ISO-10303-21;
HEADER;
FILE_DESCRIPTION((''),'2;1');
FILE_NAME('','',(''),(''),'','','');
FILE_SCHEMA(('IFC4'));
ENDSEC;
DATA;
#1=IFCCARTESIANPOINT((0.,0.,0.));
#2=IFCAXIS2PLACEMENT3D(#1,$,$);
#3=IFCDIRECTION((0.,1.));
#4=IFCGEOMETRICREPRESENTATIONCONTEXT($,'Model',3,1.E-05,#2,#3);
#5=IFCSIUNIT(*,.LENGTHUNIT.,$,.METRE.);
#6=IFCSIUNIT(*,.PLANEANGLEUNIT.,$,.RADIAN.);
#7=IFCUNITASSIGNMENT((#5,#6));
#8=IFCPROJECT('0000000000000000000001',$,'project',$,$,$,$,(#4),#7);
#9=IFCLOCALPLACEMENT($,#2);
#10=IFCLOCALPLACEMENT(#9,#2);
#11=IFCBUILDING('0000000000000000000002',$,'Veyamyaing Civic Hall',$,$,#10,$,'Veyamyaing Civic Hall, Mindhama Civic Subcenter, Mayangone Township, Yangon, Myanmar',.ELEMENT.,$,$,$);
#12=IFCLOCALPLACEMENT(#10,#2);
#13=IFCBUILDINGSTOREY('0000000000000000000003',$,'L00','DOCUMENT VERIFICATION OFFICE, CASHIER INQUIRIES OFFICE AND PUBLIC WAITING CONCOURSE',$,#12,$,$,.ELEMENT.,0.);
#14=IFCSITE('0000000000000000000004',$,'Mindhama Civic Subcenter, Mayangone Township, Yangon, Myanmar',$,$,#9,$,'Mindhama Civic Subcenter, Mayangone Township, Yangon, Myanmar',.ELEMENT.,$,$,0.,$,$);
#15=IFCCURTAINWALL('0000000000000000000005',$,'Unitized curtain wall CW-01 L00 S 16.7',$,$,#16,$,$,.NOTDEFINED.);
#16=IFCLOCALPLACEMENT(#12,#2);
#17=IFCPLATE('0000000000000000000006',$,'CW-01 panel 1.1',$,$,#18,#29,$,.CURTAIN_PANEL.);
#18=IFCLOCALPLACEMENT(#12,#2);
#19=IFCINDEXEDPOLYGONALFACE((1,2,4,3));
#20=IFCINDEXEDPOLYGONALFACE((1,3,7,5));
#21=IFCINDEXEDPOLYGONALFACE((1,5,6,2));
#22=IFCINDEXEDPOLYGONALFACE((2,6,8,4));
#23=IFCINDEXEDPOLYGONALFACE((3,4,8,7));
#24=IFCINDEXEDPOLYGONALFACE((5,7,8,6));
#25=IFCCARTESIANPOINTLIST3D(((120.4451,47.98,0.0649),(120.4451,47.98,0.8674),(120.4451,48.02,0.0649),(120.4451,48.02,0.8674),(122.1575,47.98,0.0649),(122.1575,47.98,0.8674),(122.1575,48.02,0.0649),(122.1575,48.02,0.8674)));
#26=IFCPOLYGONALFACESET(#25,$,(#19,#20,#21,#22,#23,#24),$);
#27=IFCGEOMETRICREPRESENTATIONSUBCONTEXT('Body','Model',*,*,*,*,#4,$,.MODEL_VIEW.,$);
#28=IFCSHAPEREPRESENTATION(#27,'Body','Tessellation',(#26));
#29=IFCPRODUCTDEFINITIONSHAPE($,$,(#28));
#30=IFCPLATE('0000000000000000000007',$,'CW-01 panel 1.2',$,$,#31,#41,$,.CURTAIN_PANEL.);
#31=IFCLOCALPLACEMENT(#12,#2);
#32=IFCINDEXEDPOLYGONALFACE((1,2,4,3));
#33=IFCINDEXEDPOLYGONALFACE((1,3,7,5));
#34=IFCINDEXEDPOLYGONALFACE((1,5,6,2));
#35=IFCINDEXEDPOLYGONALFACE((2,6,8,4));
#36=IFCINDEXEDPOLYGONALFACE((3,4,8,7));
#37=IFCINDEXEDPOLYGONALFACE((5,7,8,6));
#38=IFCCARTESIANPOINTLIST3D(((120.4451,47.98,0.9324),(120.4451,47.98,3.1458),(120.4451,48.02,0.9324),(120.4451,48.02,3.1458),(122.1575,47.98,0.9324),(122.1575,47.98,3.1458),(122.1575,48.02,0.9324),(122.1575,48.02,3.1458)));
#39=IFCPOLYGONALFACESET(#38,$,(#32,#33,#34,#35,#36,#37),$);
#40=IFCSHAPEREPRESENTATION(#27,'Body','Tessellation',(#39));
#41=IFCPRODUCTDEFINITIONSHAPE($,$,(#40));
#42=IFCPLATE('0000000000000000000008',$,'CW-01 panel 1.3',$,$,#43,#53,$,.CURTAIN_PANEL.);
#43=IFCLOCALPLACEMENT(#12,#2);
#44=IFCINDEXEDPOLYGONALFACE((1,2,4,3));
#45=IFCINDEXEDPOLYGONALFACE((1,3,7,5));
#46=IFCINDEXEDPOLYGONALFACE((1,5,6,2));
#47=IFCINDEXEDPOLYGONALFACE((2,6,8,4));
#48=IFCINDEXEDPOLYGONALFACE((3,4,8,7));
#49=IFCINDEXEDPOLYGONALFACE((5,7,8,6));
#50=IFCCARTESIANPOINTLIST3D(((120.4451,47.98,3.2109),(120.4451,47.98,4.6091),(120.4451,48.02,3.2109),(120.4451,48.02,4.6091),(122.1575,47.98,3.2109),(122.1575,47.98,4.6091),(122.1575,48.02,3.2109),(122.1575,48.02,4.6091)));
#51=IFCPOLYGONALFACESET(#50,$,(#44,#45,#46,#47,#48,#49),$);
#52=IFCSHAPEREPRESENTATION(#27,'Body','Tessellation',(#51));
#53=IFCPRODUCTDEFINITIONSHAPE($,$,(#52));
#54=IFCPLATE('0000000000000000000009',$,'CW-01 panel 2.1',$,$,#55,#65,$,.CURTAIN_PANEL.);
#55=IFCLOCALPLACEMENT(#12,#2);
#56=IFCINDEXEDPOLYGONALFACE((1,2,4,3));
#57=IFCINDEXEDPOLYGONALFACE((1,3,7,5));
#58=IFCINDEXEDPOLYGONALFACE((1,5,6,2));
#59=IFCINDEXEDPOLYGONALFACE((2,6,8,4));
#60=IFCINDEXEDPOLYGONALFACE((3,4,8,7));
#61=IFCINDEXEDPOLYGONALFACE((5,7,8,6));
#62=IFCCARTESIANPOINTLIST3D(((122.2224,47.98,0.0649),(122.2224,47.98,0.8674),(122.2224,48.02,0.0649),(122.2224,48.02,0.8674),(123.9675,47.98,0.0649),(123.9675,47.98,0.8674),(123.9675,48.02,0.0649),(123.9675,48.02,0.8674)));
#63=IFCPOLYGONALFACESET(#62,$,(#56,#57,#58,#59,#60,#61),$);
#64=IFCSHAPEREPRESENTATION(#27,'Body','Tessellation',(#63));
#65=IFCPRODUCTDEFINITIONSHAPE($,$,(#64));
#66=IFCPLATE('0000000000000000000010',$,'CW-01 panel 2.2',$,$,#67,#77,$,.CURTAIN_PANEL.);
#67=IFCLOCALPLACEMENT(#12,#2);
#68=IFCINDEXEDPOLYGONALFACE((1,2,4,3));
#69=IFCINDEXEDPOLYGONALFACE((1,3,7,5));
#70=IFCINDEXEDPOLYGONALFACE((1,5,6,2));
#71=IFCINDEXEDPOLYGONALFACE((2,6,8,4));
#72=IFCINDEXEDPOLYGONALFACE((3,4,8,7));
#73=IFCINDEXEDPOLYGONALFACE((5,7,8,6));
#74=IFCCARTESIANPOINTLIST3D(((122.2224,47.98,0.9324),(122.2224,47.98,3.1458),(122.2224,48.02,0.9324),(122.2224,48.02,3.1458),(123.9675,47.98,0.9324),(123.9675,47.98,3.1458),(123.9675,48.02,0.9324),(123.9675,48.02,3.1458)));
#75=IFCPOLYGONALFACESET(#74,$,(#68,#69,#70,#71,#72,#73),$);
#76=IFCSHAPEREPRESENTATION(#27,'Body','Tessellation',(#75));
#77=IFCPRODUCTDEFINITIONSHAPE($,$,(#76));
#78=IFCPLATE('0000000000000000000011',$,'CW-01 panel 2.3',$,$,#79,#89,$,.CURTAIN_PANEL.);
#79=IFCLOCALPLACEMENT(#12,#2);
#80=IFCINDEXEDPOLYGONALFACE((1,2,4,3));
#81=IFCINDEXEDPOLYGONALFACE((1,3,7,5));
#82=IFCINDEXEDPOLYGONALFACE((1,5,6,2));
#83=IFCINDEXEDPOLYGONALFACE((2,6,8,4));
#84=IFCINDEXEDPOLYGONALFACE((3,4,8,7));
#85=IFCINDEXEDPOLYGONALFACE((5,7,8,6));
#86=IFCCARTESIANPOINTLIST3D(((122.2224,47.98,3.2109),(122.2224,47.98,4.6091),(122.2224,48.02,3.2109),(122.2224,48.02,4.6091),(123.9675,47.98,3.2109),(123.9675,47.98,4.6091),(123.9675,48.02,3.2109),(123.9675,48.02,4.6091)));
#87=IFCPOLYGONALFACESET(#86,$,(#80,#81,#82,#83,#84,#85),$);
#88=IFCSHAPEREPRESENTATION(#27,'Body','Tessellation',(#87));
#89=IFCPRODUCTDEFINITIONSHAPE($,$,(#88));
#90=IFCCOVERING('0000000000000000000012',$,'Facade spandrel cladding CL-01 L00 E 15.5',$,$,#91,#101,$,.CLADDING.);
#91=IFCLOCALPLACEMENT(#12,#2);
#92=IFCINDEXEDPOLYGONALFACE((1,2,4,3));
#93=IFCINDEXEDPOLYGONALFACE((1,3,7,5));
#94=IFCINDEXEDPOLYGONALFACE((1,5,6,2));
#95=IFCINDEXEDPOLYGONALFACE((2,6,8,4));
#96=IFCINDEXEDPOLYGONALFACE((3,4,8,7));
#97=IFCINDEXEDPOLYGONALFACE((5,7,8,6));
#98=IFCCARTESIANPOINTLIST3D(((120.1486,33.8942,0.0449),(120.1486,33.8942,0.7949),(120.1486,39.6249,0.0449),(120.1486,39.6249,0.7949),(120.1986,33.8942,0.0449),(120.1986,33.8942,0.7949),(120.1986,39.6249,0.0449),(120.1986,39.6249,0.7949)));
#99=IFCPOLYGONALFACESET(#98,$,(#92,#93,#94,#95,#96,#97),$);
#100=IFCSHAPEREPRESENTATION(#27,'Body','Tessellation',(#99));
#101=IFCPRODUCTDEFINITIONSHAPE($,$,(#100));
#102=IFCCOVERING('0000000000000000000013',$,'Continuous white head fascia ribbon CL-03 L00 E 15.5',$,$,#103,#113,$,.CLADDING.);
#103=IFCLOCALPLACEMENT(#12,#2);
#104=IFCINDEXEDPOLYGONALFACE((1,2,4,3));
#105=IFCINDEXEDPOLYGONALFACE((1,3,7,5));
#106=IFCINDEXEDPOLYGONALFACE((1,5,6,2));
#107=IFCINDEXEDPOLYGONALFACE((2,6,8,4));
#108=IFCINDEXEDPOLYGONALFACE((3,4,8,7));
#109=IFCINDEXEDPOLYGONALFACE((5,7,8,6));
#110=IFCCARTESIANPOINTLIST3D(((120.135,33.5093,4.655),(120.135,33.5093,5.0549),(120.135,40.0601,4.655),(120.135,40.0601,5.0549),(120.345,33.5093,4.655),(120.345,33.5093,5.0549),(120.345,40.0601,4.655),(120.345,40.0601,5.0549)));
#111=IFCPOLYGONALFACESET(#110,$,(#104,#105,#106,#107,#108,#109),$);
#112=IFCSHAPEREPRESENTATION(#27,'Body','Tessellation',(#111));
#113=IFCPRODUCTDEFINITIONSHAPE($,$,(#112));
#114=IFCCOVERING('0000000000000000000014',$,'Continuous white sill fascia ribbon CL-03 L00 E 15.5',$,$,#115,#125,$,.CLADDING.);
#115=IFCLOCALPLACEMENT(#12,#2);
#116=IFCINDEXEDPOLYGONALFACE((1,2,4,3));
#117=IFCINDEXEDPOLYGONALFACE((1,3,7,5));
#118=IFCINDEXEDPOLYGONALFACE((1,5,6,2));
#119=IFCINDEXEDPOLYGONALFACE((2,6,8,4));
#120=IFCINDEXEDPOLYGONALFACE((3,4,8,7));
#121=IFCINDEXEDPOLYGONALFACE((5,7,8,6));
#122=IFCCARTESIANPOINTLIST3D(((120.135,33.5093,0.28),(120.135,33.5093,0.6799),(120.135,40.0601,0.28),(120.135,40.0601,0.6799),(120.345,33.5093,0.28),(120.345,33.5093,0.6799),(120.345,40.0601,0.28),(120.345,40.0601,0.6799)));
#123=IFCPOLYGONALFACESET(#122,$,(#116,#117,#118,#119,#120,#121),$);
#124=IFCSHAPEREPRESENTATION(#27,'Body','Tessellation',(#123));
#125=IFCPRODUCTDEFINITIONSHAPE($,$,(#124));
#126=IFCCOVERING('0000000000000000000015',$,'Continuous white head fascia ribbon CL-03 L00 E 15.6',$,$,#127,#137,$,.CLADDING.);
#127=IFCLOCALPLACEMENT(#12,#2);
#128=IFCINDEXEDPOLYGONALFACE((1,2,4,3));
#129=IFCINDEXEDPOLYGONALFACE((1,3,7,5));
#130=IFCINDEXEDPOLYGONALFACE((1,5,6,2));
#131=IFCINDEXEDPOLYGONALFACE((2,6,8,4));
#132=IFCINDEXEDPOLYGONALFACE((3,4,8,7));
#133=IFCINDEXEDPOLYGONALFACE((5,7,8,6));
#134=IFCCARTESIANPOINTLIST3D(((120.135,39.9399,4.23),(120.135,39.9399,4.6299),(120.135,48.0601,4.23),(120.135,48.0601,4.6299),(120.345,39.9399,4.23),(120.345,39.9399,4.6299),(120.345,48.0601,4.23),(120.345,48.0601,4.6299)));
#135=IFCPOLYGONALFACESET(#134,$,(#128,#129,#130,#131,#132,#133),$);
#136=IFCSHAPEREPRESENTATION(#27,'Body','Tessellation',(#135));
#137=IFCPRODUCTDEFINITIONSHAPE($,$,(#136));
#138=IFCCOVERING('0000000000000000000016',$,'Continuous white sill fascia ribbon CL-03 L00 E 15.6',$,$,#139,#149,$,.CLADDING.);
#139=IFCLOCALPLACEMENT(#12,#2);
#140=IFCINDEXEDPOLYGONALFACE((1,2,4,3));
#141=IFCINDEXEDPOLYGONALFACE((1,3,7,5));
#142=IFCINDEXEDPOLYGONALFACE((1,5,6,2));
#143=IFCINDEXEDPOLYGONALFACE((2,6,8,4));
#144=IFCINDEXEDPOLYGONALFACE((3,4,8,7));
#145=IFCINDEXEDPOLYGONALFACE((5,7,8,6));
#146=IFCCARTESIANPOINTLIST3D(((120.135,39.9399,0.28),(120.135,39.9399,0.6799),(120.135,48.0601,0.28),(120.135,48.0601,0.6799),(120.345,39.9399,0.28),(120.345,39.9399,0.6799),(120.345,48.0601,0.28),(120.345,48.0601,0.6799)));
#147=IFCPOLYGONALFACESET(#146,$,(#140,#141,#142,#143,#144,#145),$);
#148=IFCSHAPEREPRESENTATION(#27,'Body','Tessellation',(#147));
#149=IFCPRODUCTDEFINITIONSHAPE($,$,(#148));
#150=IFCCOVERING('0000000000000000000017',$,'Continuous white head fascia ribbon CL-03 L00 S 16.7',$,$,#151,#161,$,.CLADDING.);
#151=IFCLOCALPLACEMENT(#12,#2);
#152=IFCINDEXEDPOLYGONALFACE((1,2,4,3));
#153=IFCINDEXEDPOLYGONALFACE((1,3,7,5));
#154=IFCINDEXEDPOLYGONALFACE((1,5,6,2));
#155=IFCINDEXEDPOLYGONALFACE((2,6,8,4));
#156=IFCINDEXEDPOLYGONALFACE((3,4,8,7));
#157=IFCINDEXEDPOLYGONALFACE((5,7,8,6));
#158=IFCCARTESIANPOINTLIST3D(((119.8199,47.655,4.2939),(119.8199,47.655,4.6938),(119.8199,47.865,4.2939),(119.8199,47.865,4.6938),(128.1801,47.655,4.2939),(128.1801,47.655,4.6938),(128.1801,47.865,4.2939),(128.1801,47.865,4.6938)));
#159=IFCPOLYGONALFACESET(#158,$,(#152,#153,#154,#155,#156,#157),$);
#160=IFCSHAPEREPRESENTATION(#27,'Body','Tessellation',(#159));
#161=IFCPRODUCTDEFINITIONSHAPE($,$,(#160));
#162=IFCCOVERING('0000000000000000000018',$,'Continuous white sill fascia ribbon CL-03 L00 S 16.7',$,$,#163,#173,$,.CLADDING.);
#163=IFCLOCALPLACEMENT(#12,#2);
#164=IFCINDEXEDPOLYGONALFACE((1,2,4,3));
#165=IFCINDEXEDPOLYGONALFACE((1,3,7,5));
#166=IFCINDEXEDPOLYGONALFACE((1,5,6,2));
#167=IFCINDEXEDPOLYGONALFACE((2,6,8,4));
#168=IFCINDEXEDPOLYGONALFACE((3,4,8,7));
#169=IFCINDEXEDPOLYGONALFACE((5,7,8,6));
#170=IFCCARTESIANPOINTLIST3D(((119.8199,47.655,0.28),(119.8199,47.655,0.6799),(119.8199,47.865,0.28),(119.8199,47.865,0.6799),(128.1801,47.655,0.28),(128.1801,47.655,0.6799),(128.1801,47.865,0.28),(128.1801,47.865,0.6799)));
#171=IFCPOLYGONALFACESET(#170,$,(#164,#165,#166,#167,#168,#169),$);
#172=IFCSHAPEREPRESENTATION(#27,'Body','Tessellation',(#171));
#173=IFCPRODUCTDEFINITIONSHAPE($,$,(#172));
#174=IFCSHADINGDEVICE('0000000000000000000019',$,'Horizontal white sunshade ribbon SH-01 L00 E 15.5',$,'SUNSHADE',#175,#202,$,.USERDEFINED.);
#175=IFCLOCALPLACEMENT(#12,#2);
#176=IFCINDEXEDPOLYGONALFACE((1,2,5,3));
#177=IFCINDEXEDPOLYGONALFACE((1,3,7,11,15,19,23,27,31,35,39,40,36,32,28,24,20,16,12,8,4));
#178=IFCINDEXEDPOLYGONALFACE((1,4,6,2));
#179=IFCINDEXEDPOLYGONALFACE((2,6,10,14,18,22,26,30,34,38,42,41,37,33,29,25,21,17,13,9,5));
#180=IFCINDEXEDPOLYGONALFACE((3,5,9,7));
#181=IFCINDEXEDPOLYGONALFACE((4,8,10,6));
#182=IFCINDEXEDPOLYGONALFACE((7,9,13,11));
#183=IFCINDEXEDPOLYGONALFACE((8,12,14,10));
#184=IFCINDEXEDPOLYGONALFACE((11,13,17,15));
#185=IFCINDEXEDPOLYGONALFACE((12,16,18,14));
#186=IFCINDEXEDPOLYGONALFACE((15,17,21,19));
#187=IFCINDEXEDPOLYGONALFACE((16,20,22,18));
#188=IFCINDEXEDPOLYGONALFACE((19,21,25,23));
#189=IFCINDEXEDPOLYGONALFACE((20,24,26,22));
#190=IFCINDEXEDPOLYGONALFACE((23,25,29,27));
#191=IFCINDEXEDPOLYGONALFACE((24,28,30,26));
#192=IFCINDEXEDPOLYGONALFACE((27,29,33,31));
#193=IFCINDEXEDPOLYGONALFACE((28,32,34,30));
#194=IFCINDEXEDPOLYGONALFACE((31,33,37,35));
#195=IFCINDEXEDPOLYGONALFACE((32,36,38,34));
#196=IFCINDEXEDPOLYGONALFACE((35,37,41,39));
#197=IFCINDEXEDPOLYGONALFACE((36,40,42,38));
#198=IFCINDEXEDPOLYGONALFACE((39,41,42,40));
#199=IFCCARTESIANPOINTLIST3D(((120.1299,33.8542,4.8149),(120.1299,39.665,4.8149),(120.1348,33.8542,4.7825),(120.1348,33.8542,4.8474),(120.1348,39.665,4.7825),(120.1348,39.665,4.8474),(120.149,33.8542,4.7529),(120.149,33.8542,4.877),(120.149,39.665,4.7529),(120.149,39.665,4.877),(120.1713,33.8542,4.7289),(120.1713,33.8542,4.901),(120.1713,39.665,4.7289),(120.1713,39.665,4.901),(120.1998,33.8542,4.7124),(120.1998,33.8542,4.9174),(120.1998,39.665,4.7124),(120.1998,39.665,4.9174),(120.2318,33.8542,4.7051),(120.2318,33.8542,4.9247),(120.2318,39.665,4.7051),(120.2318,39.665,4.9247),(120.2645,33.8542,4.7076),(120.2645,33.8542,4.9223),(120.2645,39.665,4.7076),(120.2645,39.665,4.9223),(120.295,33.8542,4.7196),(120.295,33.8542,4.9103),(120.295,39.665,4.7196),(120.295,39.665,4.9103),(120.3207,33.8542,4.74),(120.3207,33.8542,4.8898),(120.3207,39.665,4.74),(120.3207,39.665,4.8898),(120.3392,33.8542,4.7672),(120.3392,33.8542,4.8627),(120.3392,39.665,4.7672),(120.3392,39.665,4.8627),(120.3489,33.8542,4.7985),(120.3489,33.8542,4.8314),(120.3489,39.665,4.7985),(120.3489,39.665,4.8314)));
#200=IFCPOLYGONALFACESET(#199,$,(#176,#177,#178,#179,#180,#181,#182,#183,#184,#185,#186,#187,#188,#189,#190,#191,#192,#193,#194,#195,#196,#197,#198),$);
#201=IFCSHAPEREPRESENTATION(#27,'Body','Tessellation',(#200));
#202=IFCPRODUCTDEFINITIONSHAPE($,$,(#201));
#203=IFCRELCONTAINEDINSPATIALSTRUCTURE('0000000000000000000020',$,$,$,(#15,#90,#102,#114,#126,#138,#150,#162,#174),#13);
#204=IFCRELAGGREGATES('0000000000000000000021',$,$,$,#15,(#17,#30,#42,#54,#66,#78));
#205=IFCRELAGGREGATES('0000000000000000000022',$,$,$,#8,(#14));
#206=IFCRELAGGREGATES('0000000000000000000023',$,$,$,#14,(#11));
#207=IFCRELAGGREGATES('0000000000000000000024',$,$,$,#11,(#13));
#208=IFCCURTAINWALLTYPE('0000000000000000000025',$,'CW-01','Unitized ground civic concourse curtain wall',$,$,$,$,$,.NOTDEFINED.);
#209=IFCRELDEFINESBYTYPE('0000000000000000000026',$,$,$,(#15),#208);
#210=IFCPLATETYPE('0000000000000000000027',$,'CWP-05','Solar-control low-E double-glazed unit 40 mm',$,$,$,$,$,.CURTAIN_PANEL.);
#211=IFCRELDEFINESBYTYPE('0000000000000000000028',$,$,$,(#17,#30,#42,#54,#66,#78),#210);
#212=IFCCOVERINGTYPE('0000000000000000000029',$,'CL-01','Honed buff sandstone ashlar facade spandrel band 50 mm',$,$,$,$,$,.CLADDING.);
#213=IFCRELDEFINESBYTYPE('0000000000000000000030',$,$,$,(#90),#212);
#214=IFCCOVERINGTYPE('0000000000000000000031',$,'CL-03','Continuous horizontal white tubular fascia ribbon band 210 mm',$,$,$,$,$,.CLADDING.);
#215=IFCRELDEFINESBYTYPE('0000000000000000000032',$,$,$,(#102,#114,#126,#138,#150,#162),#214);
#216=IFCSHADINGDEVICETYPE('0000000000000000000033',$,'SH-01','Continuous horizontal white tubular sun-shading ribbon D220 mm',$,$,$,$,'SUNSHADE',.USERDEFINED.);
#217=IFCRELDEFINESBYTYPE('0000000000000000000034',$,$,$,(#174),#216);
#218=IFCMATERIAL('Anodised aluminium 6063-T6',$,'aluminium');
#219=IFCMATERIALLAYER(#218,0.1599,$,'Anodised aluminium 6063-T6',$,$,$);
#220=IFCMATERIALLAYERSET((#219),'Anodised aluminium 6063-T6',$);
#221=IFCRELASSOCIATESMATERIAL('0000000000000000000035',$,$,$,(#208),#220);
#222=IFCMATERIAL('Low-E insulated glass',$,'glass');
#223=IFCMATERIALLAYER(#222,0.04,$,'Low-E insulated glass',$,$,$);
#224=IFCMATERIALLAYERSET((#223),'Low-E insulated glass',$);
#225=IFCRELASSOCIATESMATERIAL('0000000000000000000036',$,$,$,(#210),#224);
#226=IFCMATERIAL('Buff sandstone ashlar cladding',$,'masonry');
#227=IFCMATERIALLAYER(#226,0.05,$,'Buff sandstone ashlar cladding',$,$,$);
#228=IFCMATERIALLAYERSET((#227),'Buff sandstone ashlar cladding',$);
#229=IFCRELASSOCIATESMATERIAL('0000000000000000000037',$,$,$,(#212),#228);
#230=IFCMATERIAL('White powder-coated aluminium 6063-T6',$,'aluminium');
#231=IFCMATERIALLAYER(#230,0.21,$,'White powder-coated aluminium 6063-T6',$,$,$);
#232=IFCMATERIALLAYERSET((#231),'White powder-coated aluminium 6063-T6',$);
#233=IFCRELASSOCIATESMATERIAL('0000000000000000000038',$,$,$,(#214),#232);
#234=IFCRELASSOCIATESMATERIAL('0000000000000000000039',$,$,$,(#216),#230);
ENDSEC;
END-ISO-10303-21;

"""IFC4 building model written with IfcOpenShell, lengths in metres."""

from ifc_helpers import new_model, si_unit, direction, frame, origin, origin_2d, place, context, subcontext, project, spatial, rectangle, circle, extrude, material, layer, layer_set, material_profile, profile_set, type_object, element, aggregate, save


model = new_model("IFC4")

# Units and contexts
model_context = context("Model", 3, precision=1e-05, world=origin(), true_north=direction((0.0, 1.0)))
body_context = subcontext(model_context, "Body", "Model", "MODEL_VIEW")
ifc_project = project(units=[si_unit("LENGTHUNIT", "METRE"), si_unit("PLANEANGLEUNIT", "RADIAN")], contexts=[model_context])

# Site, building, storey
site_placement = place(None, origin())
site = spatial("IfcSite", under=ifc_project, at=site_placement, Name="Mindhama Civic Subcenter, Mayangone Township, Yangon, Myanmar", LongName="Mindhama Civic Subcenter, Mayangone Township, Yangon, Myanmar", CompositionType="ELEMENT", RefElevation=0.0)
building_placement = place(site_placement, origin())
building = spatial("IfcBuilding", under=site, at=building_placement, Name="Veyamyaing Civic Hall", LongName="Veyamyaing Civic Hall, Mindhama Civic Subcenter, Mayangone Township, Yangon, Myanmar", CompositionType="ELEMENT")
storey_placement = place(building_placement, origin())
storey = spatial("IfcBuildingStorey", under=building, at=storey_placement, Name="L00", Description="DOCUMENT VERIFICATION OFFICE, CASHIER INQUIRIES OFFICE AND PUBLIC WAITING CONCOURSE", CompositionType="ELEMENT", Elevation=0.0)

# Curtain wall, plates
ifc_material_1 = material(Name="Anodised aluminium 6063-T6", Category="aluminium")
ifc_layer_1 = layer(ifc_material_1, 0.1599, Name="Anodised aluminium 6063-T6")
ifc_layer_set_1 = layer_set([ifc_layer_1], Name="Anodised aluminium 6063-T6")
curtain_wall_type = type_object("IfcCurtainWallType", Name="CW-01", Description="Unitized ground civic concourse curtain wall", PredefinedType="NOTDEFINED", material=ifc_layer_set_1)
curtain_wall_placement = place(storey_placement, origin())
curtain_wall = element("IfcCurtainWall", 1, at=curtain_wall_placement, inside=storey, type_object=curtain_wall_type, Name="Unitized curtain wall CW-01 L00 S 16.7", PredefinedType="NOTDEFINED")
ifc_material_2 = material(Name="Low-E insulated glass", Category="glass")
ifc_layer_2 = layer(ifc_material_2, 0.04, Name="Low-E insulated glass")
ifc_layer_set_2 = layer_set([ifc_layer_2], Name="Low-E insulated glass")
plate_type = type_object("IfcPlateType", Name="CWP-05", Description="Solar-control low-E double-glazed unit 40 mm", PredefinedType="CURTAIN_PANEL", material=ifc_layer_set_2)
plate_1_placement = place(storey_placement, frame((121.3013, 48.0, 0.0649), z_axis=(0.0, 0.0, 1.0), x_axis=(1.0, 0.0, 0.0)))
plate_1 = element("IfcPlate", 2, at=plate_1_placement, type_object=plate_type, Name="CW-01 panel 1.1", PredefinedType="CURTAIN_PANEL", context=body_context, shape_type="SweptSolid", body=[
    extrude(rectangle(XDim=1.7124, YDim=0.04, at=origin_2d()), origin(), (0.0, 0.0, 1.0), 0.8025),
])
plate_2_placement = place(storey_placement, frame((121.3013, 48.0, 0.9324), z_axis=(0.0, 0.0, 1.0), x_axis=(1.0, 0.0, 0.0)))
plate_2 = element("IfcPlate", 3, at=plate_2_placement, type_object=plate_type, Name="CW-01 panel 1.2", PredefinedType="CURTAIN_PANEL", context=body_context, shape_type="SweptSolid", body=[
    extrude(rectangle(XDim=1.7124, YDim=0.04, at=origin_2d()), origin(), (0.0, 0.0, 1.0), 2.2134),
])
plate_3_placement = place(storey_placement, frame((121.3013, 48.0, 3.2109), z_axis=(0.0, 0.0, 1.0), x_axis=(1.0, 0.0, 0.0)))
plate_3 = element("IfcPlate", 4, at=plate_3_placement, type_object=plate_type, Name="CW-01 panel 1.3", PredefinedType="CURTAIN_PANEL", context=body_context, shape_type="SweptSolid", body=[
    extrude(rectangle(XDim=1.7124, YDim=0.04, at=origin_2d()), origin(), (0.0, 0.0, 1.0), 1.3982),
])
plate_4_placement = place(storey_placement, frame((123.095, 48.0, 0.0649), z_axis=(0.0, 0.0, 1.0), x_axis=(1.0, 0.0, 0.0)))
plate_4 = element("IfcPlate", 5, at=plate_4_placement, type_object=plate_type, Name="CW-01 panel 2.1", PredefinedType="CURTAIN_PANEL", context=body_context, shape_type="SweptSolid", body=[
    extrude(rectangle(XDim=1.7451, YDim=0.04, at=origin_2d()), origin(), (0.0, 0.0, 1.0), 0.8025),
])
plate_5_placement = place(storey_placement, frame((123.095, 48.0, 0.9324), z_axis=(0.0, 0.0, 1.0), x_axis=(1.0, 0.0, 0.0)))
plate_5 = element("IfcPlate", 6, at=plate_5_placement, type_object=plate_type, Name="CW-01 panel 2.2", PredefinedType="CURTAIN_PANEL", context=body_context, shape_type="SweptSolid", body=[
    extrude(rectangle(XDim=1.7451, YDim=0.04, at=origin_2d()), origin(), (0.0, 0.0, 1.0), 2.2134),
])
plate_6_placement = place(storey_placement, frame((123.095, 48.0, 3.2109), z_axis=(0.0, 0.0, 1.0), x_axis=(1.0, 0.0, 0.0)))
plate_6 = element("IfcPlate", 7, at=plate_6_placement, type_object=plate_type, Name="CW-01 panel 2.3", PredefinedType="CURTAIN_PANEL", context=body_context, shape_type="SweptSolid", body=[
    extrude(rectangle(XDim=1.7451, YDim=0.04, at=origin_2d()), origin(), (0.0, 0.0, 1.0), 1.3982),
])
aggregate(curtain_wall, [plate_1, plate_2, plate_3, plate_4, plate_5, plate_6])

# Coverings
ifc_material_3 = material(Name="Buff sandstone ashlar cladding", Category="masonry")
ifc_layer_3 = layer(ifc_material_3, 0.05, Name="Buff sandstone ashlar cladding")
ifc_layer_set_3 = layer_set([ifc_layer_3], Name="Buff sandstone ashlar cladding")
covering_type_1 = type_object("IfcCoveringType", Name="CL-01", Description="Honed buff sandstone ashlar facade spandrel band 50 mm", PredefinedType="CLADDING", material=ifc_layer_set_3)
covering_placement = place(storey_placement, frame((120.1736, 36.7595, 0.0449), z_axis=(0.0, 0.0, 1.0), x_axis=(0.0, 1.0, 0.0)))
element("IfcCovering", 8, at=covering_placement, inside=storey, type_object=covering_type_1, Name="Facade spandrel cladding CL-01 L00 E 15.5", PredefinedType="CLADDING", context=body_context, shape_type="SweptSolid", body=[
    extrude(rectangle(XDim=5.7307, YDim=0.05, at=origin_2d()), origin(), (0.0, 0.0, 1.0), 0.75),
])
ifc_material_4 = material(Name="White powder-coated aluminium 6063-T6", Category="aluminium")
ifc_layer_4 = layer(ifc_material_4, 0.21, Name="White powder-coated aluminium 6063-T6")
ifc_layer_set_4 = layer_set([ifc_layer_4], Name="White powder-coated aluminium 6063-T6")
covering_type_2 = type_object("IfcCoveringType", Name="CL-03", Description="Continuous horizontal white tubular fascia ribbon band 210 mm", PredefinedType="CLADDING", material=ifc_layer_set_4)
for number, where, z_axis, x_axis, name in (
    (9, (120.24, 36.7847, 4.655), (0.0, 0.0, 1.0), (0.0, 1.0, 0.0), "Continuous white head fascia ribbon CL-03 L00 E 15.5"),
    (10, (120.24, 36.7847, 0.28), (0.0, 0.0, 1.0), (0.0, 1.0, 0.0), "Continuous white sill fascia ribbon CL-03 L00 E 15.5"),
):
    element("IfcCovering", number, at=place(storey_placement, frame(where, z_axis=z_axis, x_axis=x_axis)), inside=storey, type_object=covering_type_2, Name=name, PredefinedType="CLADDING", context=body_context, shape_type="SweptSolid", body=[
        extrude(rectangle(XDim=6.5508, YDim=0.21, at=origin_2d()), origin(), (0.0, 0.0, 1.0), 0.3999),
    ])
for number, where, z_axis, x_axis, name in (
    (11, (120.24, 44.0, 4.23), (0.0, 0.0, 1.0), (0.0, 1.0, 0.0), "Continuous white head fascia ribbon CL-03 L00 E 15.6"),
    (12, (120.24, 44.0, 0.28), (0.0, 0.0, 1.0), (0.0, 1.0, 0.0), "Continuous white sill fascia ribbon CL-03 L00 E 15.6"),
):
    element("IfcCovering", number, at=place(storey_placement, frame(where, z_axis=z_axis, x_axis=x_axis)), inside=storey, type_object=covering_type_2, Name=name, PredefinedType="CLADDING", context=body_context, shape_type="SweptSolid", body=[
        extrude(rectangle(XDim=8.1201, YDim=0.21, at=origin_2d()), origin(), (0.0, 0.0, 1.0), 0.3999),
    ])
for number, where, z_axis, x_axis, name in (
    (13, (124.0, 47.76, 4.2939), (0.0, 0.0, 1.0), (1.0, 0.0, 0.0), "Continuous white head fascia ribbon CL-03 L00 S 16.7"),
    (14, (124.0, 47.76, 0.28), (0.0, 0.0, 1.0), (1.0, 0.0, 0.0), "Continuous white sill fascia ribbon CL-03 L00 S 16.7"),
):
    element("IfcCovering", number, at=place(storey_placement, frame(where, z_axis=z_axis, x_axis=x_axis)), inside=storey, type_object=covering_type_2, Name=name, PredefinedType="CLADDING", context=body_context, shape_type="SweptSolid", body=[
        extrude(rectangle(XDim=8.3601, YDim=0.21, at=origin_2d()), origin(), (0.0, 0.0, 1.0), 0.3999),
    ])

# Shading device
ifc_material_profile_1 = material_profile(ifc_material_4, circle(Radius=0.1101, at=origin_2d()), Name="SHADE-TUBE-220")
ifc_profile_set_1 = profile_set([ifc_material_profile_1], Name="White powder-coated aluminium 6063-T6")
shading_device_type_1 = type_object("IfcShadingDeviceType", Name="SH-01", Description="Continuous horizontal white tubular sun-shading ribbon D220 mm", ElementType="SUNSHADE", PredefinedType="USERDEFINED", material=ifc_profile_set_1)
shading_device_1_placement = place(storey_placement, frame((120.24, 33.8542, 4.8149), z_axis=(0.0, 1.0, 0.0), x_axis=(-1.0, 0.0, 0.0)))
element("IfcShadingDevice", 15, at=shading_device_1_placement, inside=storey, type_object=shading_device_type_1, Name="Horizontal white sunshade ribbon SH-01 L00 E 15.5", ObjectType="SUNSHADE", PredefinedType="USERDEFINED", context=body_context, shape_type="SweptSolid", body=[
    extrude(circle(Radius=0.1101, at=origin_2d()), origin(), (0.0, 0.0, 1.0), 5.8108),
])

save(model, "model.ifc")
